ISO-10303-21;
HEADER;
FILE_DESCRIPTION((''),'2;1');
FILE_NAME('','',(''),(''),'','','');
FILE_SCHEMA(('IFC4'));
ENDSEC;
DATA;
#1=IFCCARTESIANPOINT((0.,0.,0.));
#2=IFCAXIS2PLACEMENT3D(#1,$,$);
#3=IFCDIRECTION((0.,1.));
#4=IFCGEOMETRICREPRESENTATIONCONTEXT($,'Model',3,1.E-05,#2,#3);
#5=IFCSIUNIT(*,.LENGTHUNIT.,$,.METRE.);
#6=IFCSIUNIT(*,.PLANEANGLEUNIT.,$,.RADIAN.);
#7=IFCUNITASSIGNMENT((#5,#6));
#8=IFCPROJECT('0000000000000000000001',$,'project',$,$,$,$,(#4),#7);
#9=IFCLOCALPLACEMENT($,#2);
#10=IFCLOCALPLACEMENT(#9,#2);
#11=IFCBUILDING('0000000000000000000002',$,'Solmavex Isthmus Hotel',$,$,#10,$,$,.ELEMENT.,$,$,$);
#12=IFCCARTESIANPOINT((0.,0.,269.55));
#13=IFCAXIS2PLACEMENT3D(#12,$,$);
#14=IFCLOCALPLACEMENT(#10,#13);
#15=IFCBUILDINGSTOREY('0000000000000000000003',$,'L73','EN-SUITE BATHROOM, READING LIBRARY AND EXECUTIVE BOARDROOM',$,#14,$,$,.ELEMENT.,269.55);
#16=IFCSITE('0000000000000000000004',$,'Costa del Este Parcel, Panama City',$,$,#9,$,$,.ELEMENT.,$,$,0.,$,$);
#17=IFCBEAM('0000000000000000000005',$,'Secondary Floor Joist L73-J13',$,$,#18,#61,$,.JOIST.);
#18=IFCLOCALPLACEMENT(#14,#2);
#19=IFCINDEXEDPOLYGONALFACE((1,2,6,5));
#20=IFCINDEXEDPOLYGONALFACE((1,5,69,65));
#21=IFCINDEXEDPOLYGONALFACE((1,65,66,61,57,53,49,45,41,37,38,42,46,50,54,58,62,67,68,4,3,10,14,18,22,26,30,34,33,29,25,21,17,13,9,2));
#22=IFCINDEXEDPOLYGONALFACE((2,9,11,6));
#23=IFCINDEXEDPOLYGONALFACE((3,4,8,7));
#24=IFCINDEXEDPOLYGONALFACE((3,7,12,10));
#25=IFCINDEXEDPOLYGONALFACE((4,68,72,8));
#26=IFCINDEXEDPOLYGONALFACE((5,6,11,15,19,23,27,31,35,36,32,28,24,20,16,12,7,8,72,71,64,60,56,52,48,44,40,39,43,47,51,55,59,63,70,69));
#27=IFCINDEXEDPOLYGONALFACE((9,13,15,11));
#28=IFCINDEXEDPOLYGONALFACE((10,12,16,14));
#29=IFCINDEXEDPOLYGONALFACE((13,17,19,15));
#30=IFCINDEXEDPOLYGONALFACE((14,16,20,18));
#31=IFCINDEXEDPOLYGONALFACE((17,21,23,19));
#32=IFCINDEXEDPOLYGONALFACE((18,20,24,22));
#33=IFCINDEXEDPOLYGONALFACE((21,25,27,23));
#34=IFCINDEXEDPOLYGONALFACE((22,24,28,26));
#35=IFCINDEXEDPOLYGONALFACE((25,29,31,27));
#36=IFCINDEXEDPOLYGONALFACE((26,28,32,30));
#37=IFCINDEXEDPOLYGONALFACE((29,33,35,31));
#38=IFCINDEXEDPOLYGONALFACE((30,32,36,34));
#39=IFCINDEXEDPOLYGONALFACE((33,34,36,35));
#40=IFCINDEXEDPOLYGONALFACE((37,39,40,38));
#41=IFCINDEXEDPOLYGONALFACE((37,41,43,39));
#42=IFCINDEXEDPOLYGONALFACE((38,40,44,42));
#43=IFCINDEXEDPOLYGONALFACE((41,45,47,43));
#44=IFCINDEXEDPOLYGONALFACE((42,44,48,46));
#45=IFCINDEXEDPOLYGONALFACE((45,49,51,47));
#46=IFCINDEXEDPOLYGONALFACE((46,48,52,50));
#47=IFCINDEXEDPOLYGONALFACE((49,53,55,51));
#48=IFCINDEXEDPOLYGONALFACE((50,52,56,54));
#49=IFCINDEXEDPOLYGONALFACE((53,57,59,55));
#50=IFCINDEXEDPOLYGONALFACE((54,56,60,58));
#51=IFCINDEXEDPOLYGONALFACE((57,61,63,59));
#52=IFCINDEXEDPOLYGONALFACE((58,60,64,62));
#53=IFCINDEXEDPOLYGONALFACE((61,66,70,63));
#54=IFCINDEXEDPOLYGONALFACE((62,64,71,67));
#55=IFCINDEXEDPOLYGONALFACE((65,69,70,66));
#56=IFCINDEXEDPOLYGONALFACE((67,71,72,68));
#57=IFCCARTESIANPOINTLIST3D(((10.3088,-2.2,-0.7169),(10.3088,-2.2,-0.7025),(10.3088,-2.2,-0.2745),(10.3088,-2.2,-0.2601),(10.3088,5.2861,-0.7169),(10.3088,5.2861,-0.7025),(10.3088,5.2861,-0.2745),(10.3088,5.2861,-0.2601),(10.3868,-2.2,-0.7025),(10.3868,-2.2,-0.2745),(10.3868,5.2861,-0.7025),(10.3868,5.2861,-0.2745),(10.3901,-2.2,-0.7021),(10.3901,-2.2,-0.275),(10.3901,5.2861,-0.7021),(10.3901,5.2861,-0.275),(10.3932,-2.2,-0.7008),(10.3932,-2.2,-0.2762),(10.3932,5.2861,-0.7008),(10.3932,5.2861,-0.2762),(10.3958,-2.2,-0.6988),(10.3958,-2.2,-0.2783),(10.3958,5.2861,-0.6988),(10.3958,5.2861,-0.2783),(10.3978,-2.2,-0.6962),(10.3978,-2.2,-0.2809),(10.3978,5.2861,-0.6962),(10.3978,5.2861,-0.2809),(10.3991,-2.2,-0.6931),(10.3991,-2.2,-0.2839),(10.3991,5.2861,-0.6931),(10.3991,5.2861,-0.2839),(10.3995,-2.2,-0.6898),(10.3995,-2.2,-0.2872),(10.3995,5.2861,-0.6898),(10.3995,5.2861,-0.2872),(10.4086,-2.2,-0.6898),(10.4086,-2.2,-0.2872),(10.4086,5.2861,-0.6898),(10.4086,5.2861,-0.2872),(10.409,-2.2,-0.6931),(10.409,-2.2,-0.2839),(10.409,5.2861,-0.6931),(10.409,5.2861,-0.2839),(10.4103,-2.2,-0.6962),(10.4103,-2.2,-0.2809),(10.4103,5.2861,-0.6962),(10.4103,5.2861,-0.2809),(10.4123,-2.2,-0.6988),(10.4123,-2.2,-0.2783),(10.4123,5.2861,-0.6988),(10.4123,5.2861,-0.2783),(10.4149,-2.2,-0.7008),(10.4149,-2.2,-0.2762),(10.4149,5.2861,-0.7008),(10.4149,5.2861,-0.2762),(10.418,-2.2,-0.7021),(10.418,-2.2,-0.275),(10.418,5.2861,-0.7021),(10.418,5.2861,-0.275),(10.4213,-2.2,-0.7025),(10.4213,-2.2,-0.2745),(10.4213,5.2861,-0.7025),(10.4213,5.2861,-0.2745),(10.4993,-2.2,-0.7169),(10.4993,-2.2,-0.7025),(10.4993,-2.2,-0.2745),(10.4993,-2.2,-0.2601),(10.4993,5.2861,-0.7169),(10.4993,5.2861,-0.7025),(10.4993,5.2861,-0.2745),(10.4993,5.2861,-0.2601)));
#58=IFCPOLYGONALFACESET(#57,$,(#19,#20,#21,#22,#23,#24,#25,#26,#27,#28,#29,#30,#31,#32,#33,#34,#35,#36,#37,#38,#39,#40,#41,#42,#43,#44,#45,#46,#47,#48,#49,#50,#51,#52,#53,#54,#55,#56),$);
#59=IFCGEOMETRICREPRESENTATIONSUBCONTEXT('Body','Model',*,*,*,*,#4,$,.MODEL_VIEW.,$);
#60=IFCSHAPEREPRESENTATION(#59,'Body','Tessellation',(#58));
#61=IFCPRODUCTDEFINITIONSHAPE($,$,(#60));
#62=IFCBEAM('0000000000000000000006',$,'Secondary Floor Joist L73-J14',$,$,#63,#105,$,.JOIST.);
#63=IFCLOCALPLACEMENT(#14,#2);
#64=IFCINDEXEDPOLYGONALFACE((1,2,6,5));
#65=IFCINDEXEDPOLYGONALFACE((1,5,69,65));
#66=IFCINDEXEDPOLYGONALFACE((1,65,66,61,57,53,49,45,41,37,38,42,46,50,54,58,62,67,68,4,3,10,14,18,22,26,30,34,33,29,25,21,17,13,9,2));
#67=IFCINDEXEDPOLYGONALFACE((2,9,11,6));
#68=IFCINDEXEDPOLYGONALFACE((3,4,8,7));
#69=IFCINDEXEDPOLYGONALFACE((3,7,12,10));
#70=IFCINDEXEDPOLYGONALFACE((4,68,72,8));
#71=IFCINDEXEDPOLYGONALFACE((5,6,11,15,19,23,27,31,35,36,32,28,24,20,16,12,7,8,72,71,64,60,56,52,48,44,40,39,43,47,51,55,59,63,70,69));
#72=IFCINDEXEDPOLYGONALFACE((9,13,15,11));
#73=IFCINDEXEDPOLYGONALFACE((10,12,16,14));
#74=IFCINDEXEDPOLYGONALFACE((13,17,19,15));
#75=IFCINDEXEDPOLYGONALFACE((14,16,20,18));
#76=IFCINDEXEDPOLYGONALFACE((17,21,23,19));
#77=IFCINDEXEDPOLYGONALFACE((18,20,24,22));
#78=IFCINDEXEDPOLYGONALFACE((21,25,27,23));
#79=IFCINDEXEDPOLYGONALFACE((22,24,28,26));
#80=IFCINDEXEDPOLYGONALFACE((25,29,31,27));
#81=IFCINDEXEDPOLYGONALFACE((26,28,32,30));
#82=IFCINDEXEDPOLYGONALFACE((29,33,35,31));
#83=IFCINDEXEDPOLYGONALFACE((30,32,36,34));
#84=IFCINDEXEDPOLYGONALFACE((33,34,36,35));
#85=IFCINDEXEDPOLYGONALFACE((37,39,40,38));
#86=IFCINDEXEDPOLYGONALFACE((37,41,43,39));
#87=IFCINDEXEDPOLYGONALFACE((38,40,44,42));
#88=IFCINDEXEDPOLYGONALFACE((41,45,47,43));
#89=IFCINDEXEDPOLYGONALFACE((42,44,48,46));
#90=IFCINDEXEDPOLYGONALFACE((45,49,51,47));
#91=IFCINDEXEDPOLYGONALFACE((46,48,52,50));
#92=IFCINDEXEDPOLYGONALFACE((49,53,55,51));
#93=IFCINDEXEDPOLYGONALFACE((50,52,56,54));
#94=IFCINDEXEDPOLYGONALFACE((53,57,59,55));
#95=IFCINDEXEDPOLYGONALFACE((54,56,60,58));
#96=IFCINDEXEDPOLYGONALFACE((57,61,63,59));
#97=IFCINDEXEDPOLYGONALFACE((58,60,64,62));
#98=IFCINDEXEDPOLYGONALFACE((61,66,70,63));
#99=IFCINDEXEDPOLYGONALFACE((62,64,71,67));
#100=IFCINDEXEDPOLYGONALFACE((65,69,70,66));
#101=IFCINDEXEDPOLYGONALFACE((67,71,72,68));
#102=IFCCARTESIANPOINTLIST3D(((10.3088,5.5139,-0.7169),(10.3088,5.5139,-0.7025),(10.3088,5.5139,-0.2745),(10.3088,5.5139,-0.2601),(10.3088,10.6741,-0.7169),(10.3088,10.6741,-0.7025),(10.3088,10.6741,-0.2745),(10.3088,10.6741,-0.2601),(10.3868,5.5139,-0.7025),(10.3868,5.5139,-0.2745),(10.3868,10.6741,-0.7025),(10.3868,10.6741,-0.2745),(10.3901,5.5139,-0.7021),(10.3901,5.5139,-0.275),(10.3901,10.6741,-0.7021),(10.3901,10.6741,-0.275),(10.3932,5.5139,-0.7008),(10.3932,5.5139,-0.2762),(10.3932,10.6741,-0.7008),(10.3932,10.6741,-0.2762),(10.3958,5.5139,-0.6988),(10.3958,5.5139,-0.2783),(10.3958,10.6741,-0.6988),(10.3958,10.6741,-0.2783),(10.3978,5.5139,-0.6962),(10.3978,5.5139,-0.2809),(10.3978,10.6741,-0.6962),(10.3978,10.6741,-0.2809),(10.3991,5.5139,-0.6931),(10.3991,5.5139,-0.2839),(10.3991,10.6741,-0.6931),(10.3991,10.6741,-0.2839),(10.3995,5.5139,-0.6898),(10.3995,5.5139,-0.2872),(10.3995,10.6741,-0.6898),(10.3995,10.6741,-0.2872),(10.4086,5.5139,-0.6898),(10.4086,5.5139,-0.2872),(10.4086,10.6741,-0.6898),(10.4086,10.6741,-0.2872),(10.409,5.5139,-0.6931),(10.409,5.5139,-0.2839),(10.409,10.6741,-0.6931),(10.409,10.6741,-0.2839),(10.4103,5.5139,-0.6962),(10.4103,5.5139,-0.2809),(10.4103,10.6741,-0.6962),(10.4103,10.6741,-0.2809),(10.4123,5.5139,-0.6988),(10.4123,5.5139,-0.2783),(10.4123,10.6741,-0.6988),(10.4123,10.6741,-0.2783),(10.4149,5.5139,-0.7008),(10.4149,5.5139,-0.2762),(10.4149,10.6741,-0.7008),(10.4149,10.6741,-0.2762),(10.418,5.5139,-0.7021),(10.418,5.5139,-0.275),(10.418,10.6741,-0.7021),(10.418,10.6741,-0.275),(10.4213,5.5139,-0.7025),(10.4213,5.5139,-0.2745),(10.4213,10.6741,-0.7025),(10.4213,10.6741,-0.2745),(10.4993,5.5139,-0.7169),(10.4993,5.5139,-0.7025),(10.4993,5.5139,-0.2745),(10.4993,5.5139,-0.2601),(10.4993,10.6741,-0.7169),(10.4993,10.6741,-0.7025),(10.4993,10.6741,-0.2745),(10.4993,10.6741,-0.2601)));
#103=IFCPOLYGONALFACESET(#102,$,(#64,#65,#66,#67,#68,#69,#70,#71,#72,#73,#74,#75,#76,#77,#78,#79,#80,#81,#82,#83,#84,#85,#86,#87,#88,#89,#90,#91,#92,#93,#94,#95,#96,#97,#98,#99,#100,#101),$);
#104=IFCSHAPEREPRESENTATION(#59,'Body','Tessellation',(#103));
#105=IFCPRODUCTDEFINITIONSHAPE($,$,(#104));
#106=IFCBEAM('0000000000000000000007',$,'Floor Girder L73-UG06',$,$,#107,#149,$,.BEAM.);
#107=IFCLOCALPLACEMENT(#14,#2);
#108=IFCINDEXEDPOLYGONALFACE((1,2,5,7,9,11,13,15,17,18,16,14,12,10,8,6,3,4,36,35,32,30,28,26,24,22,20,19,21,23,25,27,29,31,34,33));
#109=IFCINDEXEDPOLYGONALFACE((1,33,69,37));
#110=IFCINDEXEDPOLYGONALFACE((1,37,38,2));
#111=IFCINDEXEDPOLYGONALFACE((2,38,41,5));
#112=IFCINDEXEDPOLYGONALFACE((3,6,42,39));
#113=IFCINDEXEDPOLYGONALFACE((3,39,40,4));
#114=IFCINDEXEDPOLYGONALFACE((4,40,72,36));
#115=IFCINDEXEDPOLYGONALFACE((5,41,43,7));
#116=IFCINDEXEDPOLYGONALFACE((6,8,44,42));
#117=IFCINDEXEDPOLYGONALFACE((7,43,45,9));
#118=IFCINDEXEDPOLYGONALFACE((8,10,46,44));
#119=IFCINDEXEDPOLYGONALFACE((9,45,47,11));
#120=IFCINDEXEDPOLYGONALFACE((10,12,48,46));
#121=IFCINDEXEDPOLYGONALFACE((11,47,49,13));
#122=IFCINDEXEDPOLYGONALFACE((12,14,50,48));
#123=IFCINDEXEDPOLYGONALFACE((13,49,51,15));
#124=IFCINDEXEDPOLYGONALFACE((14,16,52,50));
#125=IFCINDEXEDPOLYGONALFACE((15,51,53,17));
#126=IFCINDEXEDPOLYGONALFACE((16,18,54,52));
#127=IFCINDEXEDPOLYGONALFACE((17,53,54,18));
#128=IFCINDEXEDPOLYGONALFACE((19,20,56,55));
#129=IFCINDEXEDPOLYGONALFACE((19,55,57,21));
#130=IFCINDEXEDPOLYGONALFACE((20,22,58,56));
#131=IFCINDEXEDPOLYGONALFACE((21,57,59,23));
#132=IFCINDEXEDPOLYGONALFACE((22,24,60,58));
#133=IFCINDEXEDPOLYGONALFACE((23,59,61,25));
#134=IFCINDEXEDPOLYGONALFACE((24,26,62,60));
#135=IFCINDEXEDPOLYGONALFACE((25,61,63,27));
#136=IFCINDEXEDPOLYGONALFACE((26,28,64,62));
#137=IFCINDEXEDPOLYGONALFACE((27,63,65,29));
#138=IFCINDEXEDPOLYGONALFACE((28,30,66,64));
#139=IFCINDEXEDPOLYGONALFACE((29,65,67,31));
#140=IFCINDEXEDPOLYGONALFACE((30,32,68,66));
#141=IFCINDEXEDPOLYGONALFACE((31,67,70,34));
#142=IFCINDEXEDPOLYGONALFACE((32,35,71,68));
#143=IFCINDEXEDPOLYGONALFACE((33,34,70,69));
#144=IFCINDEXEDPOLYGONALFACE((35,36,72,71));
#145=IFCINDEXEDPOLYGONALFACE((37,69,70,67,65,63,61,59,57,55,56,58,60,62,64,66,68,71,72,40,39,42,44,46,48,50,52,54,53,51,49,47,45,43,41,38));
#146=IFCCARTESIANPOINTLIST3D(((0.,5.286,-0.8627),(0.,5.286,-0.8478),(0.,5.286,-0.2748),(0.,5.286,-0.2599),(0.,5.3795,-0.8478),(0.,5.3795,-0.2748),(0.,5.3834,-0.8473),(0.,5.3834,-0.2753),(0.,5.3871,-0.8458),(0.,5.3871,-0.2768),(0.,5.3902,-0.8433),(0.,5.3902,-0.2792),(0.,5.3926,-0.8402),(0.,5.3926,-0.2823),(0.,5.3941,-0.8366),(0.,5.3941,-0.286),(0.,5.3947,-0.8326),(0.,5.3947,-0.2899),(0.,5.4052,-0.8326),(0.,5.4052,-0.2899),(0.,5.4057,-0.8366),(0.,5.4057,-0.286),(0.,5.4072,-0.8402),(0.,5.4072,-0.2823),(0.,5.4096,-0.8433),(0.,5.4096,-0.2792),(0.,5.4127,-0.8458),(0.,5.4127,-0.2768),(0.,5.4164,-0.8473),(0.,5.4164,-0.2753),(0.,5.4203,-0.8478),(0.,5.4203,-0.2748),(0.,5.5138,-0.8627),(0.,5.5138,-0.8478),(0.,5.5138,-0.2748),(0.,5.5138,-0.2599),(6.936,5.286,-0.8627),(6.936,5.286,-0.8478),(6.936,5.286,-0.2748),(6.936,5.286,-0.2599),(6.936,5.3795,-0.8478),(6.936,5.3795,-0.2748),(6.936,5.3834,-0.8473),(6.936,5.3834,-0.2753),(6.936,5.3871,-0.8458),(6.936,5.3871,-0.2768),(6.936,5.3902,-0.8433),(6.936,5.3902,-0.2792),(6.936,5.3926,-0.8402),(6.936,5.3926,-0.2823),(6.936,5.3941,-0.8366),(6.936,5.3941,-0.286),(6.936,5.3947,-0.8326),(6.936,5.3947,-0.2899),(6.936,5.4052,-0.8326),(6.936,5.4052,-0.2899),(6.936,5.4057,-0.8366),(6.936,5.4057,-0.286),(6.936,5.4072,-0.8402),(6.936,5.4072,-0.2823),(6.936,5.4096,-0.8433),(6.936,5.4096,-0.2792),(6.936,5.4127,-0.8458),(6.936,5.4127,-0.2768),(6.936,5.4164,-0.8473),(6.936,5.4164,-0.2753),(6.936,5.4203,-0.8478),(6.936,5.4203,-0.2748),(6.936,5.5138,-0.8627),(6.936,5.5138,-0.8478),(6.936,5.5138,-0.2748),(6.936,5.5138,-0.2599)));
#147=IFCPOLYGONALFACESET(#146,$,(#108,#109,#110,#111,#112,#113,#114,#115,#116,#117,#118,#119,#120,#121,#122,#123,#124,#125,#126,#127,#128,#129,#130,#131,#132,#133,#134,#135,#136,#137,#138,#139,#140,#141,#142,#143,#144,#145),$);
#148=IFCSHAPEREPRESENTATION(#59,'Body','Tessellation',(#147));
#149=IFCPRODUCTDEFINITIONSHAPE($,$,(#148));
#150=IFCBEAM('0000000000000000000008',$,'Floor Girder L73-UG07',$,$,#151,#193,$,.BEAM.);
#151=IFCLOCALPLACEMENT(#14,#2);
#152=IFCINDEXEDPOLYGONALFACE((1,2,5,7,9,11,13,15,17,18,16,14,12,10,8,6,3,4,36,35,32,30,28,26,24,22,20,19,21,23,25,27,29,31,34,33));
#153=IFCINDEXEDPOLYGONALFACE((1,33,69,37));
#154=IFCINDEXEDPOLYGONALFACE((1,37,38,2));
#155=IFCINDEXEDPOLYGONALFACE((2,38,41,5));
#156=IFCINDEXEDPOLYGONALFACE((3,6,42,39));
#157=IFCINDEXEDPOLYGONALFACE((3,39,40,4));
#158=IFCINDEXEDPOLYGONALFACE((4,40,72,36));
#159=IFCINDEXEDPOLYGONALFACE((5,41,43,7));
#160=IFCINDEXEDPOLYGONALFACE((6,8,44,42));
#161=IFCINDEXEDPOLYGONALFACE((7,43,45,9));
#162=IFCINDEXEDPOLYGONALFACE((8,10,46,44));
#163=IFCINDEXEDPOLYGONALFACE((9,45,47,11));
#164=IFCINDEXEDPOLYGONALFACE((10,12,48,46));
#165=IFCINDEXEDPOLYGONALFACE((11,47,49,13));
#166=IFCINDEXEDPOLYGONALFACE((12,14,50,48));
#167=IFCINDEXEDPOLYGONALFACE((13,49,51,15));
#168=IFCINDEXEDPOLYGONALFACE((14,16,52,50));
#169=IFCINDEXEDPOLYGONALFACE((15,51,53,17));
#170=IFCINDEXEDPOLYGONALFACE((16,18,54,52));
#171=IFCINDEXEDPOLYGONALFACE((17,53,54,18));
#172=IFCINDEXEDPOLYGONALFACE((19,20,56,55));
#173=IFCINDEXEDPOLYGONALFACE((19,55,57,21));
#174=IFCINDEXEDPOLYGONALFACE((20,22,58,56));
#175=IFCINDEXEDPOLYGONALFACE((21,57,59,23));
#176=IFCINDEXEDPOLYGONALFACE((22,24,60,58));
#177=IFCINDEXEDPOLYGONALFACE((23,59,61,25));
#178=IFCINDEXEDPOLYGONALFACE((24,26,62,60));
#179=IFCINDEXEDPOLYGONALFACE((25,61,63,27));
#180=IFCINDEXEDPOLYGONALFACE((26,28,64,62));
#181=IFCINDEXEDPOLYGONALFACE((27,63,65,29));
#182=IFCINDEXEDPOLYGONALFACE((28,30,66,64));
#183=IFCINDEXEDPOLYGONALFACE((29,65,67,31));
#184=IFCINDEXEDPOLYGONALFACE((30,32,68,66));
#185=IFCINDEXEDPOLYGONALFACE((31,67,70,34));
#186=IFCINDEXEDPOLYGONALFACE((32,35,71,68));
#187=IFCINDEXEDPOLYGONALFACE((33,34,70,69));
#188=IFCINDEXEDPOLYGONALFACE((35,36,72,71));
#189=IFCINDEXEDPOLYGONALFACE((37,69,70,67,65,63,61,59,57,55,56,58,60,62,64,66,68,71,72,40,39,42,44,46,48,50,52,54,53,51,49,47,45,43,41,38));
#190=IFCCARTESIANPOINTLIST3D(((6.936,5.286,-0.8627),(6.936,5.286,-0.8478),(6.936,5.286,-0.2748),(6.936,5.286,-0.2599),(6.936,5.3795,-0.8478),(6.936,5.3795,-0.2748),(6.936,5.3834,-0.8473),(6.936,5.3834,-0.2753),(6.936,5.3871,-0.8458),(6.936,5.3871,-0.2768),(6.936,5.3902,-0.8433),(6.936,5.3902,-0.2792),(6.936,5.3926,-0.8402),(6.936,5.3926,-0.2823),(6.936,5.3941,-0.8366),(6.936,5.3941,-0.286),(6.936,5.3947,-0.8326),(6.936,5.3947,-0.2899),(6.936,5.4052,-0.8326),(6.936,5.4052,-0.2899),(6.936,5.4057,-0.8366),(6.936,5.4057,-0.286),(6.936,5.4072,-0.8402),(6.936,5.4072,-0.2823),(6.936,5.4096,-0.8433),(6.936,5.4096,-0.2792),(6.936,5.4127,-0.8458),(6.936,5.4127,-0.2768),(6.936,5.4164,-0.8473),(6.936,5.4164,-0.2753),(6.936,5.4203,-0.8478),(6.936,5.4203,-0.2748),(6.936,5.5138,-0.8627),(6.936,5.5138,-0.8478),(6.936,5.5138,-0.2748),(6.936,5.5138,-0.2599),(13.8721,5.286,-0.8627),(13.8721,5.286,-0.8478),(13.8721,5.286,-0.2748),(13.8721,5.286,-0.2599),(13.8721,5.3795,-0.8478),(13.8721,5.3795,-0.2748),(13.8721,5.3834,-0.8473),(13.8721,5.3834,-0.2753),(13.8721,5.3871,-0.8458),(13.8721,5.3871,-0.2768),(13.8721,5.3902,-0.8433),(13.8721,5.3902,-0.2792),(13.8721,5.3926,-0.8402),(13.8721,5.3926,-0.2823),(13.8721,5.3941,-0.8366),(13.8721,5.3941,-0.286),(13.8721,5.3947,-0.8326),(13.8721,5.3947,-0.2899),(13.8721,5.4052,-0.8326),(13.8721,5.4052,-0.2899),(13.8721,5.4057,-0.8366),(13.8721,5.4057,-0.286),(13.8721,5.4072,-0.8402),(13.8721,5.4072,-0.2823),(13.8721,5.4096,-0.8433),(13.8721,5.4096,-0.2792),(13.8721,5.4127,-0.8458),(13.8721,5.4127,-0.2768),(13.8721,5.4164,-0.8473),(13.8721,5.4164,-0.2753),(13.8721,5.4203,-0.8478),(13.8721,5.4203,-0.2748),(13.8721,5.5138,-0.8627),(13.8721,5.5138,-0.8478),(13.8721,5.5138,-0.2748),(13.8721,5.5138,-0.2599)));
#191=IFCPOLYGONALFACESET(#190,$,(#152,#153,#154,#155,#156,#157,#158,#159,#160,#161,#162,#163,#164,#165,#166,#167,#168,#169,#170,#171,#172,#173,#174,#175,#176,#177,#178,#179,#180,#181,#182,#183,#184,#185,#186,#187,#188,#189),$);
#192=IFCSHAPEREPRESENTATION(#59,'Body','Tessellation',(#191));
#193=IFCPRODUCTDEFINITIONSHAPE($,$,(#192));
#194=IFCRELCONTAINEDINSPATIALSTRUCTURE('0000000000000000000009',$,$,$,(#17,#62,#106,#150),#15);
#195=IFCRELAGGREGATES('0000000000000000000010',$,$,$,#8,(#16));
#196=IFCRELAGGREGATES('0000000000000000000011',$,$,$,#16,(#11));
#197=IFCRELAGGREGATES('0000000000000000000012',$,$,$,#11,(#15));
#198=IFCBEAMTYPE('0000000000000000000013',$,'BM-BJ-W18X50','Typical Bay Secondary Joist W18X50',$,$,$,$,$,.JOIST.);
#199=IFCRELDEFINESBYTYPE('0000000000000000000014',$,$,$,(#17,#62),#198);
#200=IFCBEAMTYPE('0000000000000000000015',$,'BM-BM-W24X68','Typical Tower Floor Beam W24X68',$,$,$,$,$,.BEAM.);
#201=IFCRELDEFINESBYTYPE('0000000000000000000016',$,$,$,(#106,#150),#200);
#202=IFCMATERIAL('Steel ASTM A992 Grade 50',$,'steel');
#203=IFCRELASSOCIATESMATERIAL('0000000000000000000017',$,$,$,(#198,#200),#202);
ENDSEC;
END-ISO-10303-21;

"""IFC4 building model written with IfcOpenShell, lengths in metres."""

from ifc_helpers import new_model, si_unit, direction, frame, origin, origin_2d, place, context, subcontext, project, spatial, i_section, extrude, material, material_profile, profile_set, type_object, element, save


model = new_model("IFC4")

# Units and contexts
model_context = context("Model", 3, precision=1e-05, world=origin(), true_north=direction((0.0, 1.0)))
body_context = subcontext(model_context, "Body", "Model", "MODEL_VIEW")
ifc_project = project(units=[si_unit("LENGTHUNIT", "METRE"), si_unit("PLANEANGLEUNIT", "RADIAN")], contexts=[model_context])

# Site, building, storey
site_placement = place(None, origin())
site = spatial("IfcSite", under=ifc_project, at=site_placement, Name="Costa del Este Parcel, Panama City", CompositionType="ELEMENT", RefElevation=0.0)
building_placement = place(site_placement, origin())
building = spatial("IfcBuilding", under=site, at=building_placement, Name="Solmavex Isthmus Hotel", CompositionType="ELEMENT")
storey_placement = place(building_placement, frame((0.0, 0.0, 269.55)))
storey = spatial("IfcBuildingStorey", under=building, at=storey_placement, Name="L73", Description="EN-SUITE BATHROOM, READING LIBRARY AND EXECUTIVE BOARDROOM", CompositionType="ELEMENT", Elevation=269.55)

# Beams
ifc_material_1 = material(Name="Steel ASTM A992 Grade 50", Category="steel")
ifc_material_profile_1 = material_profile(ifc_material_1, i_section(OverallWidth=0.1904, OverallDepth=0.4568, WebThickness=0.009, FlangeThickness=0.0144, FilletRadius=0.0127, at=origin_2d()), Name="W18X50")
ifc_profile_set_1 = profile_set([ifc_material_profile_1], Name="Steel ASTM A992 Grade 50")
beam_type_1 = type_object("IfcBeamType", Name="BM-BJ-W18X50", Description="Typical Bay Secondary Joist W18X50", PredefinedType="JOIST", material=ifc_profile_set_1)
beam_1_placement = place(storey_placement, frame((10.4041, -2.2, -0.4885), z_axis=(0.0, 1.0, 0.0), x_axis=(-1.0, 0.0, 0.0)))
element("IfcBeam", 1, at=beam_1_placement, inside=storey, type_object=beam_type_1, Name="Secondary Floor Joist L73-J13", PredefinedType="JOIST", context=body_context, shape_type="SweptSolid", body=[
    extrude(i_section(OverallWidth=0.1904, OverallDepth=0.4568, WebThickness=0.009, FlangeThickness=0.0144, FilletRadius=0.0127, at=origin_2d()), origin(), (0.0, 0.0, 1.0), 7.4861),
])
beam_2_placement = place(storey_placement, frame((10.4041, 5.5139, -0.4885), z_axis=(0.0, 1.0, 0.0), x_axis=(-1.0, 0.0, 0.0)))
element("IfcBeam", 2, at=beam_2_placement, inside=storey, type_object=beam_type_1, Name="Secondary Floor Joist L73-J14", PredefinedType="JOIST", context=body_context, shape_type="SweptSolid", body=[
    extrude(i_section(OverallWidth=0.1904, OverallDepth=0.4568, WebThickness=0.009, FlangeThickness=0.0144, FilletRadius=0.0127, at=origin_2d()), origin(), (0.0, 0.0, 1.0), 5.1602),
])
ifc_material_profile_2 = material_profile(ifc_material_1, i_section(OverallWidth=0.2278, OverallDepth=0.6028, WebThickness=0.0105, FlangeThickness=0.0149, FilletRadius=0.0151, at=origin_2d()), Name="W24X68")
ifc_profile_set_2 = profile_set([ifc_material_profile_2], Name="Steel ASTM A992 Grade 50")
beam_type_2 = type_object("IfcBeamType", Name="BM-BM-W24X68", Description="Typical Tower Floor Beam W24X68", PredefinedType="BEAM", material=ifc_profile_set_2)
for number, where, z_axis, x_axis, name in (
    (3, (0.0, 5.3999, -0.5613), (1.0, 0.0, 0.0), (0.0, 1.0, 0.0), "Floor Girder L73-UG06"),
    (4, (6.936, 5.3999, -0.5613), (1.0, 0.0, 0.0), (0.0, 1.0, 0.0), "Floor Girder L73-UG07"),
):
    element("IfcBeam", number, at=place(storey_placement, frame(where, z_axis=z_axis, x_axis=x_axis)), inside=storey, type_object=beam_type_2, Name=name, PredefinedType="BEAM", context=body_context, shape_type="SweptSolid", body=[
        extrude(i_section(OverallWidth=0.2278, OverallDepth=0.6028, WebThickness=0.0105, FlangeThickness=0.0149, FilletRadius=0.0151, at=origin_2d()), origin(), (0.0, 0.0, 1.0), 6.936),
    ])

save(model, "model.ifc")
